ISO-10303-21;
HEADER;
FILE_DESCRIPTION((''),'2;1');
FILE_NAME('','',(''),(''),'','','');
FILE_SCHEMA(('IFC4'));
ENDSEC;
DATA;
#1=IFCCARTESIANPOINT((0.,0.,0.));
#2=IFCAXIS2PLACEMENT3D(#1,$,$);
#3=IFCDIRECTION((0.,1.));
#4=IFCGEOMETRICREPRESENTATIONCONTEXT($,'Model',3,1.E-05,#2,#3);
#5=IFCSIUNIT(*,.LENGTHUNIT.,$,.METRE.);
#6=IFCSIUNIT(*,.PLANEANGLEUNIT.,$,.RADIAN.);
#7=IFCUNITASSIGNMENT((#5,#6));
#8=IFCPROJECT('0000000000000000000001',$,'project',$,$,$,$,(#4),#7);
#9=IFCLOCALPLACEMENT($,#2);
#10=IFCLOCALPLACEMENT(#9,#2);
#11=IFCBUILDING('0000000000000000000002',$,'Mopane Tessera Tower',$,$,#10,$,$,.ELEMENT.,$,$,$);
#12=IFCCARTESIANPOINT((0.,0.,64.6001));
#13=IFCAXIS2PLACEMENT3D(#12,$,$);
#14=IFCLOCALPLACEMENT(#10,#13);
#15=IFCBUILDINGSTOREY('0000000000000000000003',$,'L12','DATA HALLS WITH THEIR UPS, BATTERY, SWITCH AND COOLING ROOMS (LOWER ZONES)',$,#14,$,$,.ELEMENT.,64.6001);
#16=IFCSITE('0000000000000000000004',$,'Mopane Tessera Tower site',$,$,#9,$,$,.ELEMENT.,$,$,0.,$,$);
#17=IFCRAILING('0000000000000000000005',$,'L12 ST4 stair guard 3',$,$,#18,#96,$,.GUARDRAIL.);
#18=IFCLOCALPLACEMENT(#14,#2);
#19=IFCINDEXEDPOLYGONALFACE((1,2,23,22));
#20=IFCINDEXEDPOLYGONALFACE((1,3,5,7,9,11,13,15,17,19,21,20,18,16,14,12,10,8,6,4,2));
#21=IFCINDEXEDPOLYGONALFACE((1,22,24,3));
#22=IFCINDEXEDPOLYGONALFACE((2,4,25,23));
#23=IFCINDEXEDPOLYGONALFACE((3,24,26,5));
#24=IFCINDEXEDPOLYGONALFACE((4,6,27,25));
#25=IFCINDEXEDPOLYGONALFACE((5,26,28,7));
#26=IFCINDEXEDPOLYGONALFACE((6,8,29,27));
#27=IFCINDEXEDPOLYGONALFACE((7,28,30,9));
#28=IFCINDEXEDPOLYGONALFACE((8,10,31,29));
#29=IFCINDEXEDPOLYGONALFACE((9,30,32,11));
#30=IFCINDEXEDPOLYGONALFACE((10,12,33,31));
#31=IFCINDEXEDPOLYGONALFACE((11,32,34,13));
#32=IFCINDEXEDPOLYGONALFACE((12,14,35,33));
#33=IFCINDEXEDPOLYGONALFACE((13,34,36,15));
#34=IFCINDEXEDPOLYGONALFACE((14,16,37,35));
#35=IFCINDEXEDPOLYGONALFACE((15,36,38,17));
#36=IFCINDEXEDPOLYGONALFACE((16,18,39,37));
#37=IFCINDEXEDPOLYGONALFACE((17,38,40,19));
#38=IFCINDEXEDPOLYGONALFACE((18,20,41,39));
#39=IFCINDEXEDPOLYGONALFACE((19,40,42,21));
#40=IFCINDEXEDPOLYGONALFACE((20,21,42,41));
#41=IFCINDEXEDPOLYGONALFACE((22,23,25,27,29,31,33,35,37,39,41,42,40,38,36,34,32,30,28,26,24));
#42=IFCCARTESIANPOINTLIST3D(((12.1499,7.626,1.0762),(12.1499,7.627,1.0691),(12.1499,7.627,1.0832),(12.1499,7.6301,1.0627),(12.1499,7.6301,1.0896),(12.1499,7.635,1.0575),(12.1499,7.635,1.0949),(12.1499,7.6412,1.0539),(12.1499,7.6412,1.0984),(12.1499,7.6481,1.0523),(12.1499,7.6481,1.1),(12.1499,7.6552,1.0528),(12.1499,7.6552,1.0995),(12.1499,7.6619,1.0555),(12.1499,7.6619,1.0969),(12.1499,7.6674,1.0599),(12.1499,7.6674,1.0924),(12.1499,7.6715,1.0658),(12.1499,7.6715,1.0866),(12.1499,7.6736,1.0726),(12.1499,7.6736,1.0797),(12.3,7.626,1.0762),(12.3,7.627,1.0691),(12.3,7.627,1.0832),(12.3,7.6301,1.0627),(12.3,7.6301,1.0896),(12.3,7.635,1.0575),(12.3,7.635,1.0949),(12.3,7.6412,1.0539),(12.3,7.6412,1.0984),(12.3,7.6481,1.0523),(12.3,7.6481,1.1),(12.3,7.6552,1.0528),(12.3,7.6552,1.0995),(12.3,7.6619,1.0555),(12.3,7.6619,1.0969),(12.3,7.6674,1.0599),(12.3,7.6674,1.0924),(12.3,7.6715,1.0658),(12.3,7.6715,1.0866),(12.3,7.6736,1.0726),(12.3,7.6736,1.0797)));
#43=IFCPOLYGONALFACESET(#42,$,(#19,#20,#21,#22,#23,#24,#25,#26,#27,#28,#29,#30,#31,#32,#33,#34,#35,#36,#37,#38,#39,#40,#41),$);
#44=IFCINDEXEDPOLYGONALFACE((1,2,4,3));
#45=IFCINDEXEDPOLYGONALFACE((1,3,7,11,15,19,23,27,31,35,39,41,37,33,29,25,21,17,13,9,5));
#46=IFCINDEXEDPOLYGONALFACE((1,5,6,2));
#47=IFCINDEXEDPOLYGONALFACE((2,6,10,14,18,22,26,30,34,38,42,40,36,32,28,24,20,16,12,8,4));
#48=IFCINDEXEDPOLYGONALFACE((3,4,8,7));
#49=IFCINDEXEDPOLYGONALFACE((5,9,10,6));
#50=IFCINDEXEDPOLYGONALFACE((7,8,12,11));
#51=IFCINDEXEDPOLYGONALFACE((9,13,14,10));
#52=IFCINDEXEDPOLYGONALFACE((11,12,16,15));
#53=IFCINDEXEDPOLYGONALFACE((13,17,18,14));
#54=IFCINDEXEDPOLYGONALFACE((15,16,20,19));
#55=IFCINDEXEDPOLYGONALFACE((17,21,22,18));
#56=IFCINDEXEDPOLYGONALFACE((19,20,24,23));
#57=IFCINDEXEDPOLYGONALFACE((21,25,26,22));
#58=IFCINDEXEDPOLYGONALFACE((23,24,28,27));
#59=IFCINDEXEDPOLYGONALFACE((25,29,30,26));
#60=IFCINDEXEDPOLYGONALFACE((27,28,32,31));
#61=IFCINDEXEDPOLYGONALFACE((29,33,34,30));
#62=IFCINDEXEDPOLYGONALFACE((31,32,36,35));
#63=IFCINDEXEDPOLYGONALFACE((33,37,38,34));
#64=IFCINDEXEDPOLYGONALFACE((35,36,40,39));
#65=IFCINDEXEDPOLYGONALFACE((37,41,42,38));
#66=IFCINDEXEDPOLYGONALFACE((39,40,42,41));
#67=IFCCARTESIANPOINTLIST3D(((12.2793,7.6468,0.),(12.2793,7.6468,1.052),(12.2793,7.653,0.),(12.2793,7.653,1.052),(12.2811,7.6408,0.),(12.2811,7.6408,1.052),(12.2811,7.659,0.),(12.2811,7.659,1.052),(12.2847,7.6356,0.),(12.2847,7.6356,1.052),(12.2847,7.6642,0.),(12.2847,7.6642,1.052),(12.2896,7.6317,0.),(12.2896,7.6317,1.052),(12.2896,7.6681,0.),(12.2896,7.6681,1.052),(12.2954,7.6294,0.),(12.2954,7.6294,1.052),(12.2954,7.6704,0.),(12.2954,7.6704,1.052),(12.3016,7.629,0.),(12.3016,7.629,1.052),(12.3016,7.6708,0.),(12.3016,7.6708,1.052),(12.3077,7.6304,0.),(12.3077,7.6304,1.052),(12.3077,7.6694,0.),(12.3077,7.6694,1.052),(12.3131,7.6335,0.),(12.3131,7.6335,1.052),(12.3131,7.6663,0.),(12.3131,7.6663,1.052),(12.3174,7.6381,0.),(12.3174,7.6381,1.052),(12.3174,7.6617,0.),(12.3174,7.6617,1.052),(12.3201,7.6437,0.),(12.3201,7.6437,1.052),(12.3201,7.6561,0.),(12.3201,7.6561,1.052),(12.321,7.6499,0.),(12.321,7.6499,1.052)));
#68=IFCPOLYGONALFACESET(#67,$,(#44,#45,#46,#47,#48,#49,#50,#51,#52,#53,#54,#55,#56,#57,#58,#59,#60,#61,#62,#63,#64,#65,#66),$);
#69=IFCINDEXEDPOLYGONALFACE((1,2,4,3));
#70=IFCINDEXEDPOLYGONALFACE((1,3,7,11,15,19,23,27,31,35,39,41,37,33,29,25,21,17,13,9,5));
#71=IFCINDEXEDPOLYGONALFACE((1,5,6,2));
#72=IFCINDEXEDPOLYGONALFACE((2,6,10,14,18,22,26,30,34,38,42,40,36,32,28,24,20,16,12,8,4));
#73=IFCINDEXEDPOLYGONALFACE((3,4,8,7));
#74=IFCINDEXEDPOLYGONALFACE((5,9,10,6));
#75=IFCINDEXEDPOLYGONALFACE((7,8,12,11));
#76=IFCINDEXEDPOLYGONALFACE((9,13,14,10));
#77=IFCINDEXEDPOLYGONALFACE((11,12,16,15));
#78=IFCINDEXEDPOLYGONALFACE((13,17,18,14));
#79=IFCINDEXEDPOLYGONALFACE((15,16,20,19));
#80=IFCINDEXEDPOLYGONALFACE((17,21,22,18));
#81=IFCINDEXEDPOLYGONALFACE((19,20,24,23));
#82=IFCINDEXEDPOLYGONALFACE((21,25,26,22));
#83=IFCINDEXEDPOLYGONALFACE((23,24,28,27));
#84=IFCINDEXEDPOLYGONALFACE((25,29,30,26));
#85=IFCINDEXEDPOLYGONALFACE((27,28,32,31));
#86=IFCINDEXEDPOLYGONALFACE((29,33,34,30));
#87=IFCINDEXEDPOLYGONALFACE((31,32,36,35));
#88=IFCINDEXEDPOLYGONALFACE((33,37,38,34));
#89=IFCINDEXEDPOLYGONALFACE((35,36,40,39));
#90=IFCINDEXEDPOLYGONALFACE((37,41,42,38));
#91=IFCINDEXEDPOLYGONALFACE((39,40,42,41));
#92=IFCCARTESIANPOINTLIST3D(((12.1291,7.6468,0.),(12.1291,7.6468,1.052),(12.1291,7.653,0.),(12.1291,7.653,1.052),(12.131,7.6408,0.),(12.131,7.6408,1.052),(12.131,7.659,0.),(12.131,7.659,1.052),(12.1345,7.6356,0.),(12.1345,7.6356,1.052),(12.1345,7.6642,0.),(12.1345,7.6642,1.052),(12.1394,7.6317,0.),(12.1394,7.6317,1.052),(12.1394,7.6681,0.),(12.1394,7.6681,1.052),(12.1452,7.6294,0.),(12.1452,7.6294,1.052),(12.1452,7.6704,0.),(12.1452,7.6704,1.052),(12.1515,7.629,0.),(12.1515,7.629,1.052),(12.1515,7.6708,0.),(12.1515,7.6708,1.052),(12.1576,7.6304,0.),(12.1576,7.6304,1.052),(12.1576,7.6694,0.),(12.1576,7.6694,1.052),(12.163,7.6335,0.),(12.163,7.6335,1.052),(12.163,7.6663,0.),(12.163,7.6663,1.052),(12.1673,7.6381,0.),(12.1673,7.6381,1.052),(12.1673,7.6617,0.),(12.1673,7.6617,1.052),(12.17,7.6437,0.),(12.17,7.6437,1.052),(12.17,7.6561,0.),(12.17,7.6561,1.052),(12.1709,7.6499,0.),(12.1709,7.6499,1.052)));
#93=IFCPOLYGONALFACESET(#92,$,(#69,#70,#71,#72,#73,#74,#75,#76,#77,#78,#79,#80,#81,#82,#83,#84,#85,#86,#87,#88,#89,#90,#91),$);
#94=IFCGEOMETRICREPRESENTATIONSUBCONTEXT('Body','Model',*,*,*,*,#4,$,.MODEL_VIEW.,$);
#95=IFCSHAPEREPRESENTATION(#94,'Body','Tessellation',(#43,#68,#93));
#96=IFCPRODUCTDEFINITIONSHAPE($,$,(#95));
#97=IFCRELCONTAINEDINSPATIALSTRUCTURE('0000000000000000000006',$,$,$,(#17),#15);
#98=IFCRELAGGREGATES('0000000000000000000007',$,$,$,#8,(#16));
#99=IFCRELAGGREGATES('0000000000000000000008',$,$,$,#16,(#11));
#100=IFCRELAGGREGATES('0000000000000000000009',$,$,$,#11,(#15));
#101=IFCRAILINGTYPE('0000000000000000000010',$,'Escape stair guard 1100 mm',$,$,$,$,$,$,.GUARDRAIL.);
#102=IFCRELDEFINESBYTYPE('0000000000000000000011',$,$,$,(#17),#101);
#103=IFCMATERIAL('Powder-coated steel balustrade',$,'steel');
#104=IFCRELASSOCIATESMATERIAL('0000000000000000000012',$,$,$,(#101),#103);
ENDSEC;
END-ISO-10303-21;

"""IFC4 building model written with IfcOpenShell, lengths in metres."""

from ifc_helpers import new_model, si_unit, direction, frame, origin, origin_2d, place, context, subcontext, project, spatial, circle, extrude, material, type_object, element, save


model = new_model("IFC4")

# Units and contexts
model_context = context("Model", 3, precision=1e-05, world=origin(), true_north=direction((0.0, 1.0)))
body_context = subcontext(model_context, "Body", "Model", "MODEL_VIEW")
ifc_project = project(units=[si_unit("LENGTHUNIT", "METRE"), si_unit("PLANEANGLEUNIT", "RADIAN")], contexts=[model_context])

# Site, building, storey
site_placement = place(None, origin())
site = spatial("IfcSite", under=ifc_project, at=site_placement, Name="Mopane Tessera Tower site", CompositionType="ELEMENT", RefElevation=0.0)
building_placement = place(site_placement, origin())
building = spatial("IfcBuilding", under=site, at=building_placement, Name="Mopane Tessera Tower", CompositionType="ELEMENT")
storey_placement = place(building_placement, frame((0.0, 0.0, 64.6001)))
storey = spatial("IfcBuildingStorey", under=building, at=storey_placement, Name="L12", Description="DATA HALLS WITH THEIR UPS, BATTERY, SWITCH AND COOLING ROOMS (LOWER ZONES)", CompositionType="ELEMENT", Elevation=64.6001)

# Railing
ifc_material_1 = material(Name="Powder-coated steel balustrade", Category="steel")
railing_type_1 = type_object("IfcRailingType", Name="Escape stair guard 1100 mm", PredefinedType="GUARDRAIL", material=ifc_material_1)
railing_1_placement = place(storey_placement, frame((12.3, 7.6499, 0.0)))
element("IfcRailing", 1, at=railing_1_placement, inside=storey, type_object=railing_type_1, Name="L12 ST4 stair guard 3", PredefinedType="GUARDRAIL", context=body_context, shape_type="SweptSolid", body=[
    extrude(circle(Radius=0.0239, at=origin_2d()), frame((0.0, 0.0, 1.0762), z_axis=(-1.0, 0.0, 0.0), x_axis=(0.0, -1.0, 0.0)), (0.0, 0.0, 1.0), 0.1501),
    extrude(circle(Radius=0.021, at=origin_2d()), origin(), (0.0, 0.0, 1.0), 1.052),
    extrude(circle(Radius=0.021, at=origin_2d()), frame((-0.1501, 0.0, 0.0)), (0.0, 0.0, 1.0), 1.052),
])

save(model, "model.ifc")
